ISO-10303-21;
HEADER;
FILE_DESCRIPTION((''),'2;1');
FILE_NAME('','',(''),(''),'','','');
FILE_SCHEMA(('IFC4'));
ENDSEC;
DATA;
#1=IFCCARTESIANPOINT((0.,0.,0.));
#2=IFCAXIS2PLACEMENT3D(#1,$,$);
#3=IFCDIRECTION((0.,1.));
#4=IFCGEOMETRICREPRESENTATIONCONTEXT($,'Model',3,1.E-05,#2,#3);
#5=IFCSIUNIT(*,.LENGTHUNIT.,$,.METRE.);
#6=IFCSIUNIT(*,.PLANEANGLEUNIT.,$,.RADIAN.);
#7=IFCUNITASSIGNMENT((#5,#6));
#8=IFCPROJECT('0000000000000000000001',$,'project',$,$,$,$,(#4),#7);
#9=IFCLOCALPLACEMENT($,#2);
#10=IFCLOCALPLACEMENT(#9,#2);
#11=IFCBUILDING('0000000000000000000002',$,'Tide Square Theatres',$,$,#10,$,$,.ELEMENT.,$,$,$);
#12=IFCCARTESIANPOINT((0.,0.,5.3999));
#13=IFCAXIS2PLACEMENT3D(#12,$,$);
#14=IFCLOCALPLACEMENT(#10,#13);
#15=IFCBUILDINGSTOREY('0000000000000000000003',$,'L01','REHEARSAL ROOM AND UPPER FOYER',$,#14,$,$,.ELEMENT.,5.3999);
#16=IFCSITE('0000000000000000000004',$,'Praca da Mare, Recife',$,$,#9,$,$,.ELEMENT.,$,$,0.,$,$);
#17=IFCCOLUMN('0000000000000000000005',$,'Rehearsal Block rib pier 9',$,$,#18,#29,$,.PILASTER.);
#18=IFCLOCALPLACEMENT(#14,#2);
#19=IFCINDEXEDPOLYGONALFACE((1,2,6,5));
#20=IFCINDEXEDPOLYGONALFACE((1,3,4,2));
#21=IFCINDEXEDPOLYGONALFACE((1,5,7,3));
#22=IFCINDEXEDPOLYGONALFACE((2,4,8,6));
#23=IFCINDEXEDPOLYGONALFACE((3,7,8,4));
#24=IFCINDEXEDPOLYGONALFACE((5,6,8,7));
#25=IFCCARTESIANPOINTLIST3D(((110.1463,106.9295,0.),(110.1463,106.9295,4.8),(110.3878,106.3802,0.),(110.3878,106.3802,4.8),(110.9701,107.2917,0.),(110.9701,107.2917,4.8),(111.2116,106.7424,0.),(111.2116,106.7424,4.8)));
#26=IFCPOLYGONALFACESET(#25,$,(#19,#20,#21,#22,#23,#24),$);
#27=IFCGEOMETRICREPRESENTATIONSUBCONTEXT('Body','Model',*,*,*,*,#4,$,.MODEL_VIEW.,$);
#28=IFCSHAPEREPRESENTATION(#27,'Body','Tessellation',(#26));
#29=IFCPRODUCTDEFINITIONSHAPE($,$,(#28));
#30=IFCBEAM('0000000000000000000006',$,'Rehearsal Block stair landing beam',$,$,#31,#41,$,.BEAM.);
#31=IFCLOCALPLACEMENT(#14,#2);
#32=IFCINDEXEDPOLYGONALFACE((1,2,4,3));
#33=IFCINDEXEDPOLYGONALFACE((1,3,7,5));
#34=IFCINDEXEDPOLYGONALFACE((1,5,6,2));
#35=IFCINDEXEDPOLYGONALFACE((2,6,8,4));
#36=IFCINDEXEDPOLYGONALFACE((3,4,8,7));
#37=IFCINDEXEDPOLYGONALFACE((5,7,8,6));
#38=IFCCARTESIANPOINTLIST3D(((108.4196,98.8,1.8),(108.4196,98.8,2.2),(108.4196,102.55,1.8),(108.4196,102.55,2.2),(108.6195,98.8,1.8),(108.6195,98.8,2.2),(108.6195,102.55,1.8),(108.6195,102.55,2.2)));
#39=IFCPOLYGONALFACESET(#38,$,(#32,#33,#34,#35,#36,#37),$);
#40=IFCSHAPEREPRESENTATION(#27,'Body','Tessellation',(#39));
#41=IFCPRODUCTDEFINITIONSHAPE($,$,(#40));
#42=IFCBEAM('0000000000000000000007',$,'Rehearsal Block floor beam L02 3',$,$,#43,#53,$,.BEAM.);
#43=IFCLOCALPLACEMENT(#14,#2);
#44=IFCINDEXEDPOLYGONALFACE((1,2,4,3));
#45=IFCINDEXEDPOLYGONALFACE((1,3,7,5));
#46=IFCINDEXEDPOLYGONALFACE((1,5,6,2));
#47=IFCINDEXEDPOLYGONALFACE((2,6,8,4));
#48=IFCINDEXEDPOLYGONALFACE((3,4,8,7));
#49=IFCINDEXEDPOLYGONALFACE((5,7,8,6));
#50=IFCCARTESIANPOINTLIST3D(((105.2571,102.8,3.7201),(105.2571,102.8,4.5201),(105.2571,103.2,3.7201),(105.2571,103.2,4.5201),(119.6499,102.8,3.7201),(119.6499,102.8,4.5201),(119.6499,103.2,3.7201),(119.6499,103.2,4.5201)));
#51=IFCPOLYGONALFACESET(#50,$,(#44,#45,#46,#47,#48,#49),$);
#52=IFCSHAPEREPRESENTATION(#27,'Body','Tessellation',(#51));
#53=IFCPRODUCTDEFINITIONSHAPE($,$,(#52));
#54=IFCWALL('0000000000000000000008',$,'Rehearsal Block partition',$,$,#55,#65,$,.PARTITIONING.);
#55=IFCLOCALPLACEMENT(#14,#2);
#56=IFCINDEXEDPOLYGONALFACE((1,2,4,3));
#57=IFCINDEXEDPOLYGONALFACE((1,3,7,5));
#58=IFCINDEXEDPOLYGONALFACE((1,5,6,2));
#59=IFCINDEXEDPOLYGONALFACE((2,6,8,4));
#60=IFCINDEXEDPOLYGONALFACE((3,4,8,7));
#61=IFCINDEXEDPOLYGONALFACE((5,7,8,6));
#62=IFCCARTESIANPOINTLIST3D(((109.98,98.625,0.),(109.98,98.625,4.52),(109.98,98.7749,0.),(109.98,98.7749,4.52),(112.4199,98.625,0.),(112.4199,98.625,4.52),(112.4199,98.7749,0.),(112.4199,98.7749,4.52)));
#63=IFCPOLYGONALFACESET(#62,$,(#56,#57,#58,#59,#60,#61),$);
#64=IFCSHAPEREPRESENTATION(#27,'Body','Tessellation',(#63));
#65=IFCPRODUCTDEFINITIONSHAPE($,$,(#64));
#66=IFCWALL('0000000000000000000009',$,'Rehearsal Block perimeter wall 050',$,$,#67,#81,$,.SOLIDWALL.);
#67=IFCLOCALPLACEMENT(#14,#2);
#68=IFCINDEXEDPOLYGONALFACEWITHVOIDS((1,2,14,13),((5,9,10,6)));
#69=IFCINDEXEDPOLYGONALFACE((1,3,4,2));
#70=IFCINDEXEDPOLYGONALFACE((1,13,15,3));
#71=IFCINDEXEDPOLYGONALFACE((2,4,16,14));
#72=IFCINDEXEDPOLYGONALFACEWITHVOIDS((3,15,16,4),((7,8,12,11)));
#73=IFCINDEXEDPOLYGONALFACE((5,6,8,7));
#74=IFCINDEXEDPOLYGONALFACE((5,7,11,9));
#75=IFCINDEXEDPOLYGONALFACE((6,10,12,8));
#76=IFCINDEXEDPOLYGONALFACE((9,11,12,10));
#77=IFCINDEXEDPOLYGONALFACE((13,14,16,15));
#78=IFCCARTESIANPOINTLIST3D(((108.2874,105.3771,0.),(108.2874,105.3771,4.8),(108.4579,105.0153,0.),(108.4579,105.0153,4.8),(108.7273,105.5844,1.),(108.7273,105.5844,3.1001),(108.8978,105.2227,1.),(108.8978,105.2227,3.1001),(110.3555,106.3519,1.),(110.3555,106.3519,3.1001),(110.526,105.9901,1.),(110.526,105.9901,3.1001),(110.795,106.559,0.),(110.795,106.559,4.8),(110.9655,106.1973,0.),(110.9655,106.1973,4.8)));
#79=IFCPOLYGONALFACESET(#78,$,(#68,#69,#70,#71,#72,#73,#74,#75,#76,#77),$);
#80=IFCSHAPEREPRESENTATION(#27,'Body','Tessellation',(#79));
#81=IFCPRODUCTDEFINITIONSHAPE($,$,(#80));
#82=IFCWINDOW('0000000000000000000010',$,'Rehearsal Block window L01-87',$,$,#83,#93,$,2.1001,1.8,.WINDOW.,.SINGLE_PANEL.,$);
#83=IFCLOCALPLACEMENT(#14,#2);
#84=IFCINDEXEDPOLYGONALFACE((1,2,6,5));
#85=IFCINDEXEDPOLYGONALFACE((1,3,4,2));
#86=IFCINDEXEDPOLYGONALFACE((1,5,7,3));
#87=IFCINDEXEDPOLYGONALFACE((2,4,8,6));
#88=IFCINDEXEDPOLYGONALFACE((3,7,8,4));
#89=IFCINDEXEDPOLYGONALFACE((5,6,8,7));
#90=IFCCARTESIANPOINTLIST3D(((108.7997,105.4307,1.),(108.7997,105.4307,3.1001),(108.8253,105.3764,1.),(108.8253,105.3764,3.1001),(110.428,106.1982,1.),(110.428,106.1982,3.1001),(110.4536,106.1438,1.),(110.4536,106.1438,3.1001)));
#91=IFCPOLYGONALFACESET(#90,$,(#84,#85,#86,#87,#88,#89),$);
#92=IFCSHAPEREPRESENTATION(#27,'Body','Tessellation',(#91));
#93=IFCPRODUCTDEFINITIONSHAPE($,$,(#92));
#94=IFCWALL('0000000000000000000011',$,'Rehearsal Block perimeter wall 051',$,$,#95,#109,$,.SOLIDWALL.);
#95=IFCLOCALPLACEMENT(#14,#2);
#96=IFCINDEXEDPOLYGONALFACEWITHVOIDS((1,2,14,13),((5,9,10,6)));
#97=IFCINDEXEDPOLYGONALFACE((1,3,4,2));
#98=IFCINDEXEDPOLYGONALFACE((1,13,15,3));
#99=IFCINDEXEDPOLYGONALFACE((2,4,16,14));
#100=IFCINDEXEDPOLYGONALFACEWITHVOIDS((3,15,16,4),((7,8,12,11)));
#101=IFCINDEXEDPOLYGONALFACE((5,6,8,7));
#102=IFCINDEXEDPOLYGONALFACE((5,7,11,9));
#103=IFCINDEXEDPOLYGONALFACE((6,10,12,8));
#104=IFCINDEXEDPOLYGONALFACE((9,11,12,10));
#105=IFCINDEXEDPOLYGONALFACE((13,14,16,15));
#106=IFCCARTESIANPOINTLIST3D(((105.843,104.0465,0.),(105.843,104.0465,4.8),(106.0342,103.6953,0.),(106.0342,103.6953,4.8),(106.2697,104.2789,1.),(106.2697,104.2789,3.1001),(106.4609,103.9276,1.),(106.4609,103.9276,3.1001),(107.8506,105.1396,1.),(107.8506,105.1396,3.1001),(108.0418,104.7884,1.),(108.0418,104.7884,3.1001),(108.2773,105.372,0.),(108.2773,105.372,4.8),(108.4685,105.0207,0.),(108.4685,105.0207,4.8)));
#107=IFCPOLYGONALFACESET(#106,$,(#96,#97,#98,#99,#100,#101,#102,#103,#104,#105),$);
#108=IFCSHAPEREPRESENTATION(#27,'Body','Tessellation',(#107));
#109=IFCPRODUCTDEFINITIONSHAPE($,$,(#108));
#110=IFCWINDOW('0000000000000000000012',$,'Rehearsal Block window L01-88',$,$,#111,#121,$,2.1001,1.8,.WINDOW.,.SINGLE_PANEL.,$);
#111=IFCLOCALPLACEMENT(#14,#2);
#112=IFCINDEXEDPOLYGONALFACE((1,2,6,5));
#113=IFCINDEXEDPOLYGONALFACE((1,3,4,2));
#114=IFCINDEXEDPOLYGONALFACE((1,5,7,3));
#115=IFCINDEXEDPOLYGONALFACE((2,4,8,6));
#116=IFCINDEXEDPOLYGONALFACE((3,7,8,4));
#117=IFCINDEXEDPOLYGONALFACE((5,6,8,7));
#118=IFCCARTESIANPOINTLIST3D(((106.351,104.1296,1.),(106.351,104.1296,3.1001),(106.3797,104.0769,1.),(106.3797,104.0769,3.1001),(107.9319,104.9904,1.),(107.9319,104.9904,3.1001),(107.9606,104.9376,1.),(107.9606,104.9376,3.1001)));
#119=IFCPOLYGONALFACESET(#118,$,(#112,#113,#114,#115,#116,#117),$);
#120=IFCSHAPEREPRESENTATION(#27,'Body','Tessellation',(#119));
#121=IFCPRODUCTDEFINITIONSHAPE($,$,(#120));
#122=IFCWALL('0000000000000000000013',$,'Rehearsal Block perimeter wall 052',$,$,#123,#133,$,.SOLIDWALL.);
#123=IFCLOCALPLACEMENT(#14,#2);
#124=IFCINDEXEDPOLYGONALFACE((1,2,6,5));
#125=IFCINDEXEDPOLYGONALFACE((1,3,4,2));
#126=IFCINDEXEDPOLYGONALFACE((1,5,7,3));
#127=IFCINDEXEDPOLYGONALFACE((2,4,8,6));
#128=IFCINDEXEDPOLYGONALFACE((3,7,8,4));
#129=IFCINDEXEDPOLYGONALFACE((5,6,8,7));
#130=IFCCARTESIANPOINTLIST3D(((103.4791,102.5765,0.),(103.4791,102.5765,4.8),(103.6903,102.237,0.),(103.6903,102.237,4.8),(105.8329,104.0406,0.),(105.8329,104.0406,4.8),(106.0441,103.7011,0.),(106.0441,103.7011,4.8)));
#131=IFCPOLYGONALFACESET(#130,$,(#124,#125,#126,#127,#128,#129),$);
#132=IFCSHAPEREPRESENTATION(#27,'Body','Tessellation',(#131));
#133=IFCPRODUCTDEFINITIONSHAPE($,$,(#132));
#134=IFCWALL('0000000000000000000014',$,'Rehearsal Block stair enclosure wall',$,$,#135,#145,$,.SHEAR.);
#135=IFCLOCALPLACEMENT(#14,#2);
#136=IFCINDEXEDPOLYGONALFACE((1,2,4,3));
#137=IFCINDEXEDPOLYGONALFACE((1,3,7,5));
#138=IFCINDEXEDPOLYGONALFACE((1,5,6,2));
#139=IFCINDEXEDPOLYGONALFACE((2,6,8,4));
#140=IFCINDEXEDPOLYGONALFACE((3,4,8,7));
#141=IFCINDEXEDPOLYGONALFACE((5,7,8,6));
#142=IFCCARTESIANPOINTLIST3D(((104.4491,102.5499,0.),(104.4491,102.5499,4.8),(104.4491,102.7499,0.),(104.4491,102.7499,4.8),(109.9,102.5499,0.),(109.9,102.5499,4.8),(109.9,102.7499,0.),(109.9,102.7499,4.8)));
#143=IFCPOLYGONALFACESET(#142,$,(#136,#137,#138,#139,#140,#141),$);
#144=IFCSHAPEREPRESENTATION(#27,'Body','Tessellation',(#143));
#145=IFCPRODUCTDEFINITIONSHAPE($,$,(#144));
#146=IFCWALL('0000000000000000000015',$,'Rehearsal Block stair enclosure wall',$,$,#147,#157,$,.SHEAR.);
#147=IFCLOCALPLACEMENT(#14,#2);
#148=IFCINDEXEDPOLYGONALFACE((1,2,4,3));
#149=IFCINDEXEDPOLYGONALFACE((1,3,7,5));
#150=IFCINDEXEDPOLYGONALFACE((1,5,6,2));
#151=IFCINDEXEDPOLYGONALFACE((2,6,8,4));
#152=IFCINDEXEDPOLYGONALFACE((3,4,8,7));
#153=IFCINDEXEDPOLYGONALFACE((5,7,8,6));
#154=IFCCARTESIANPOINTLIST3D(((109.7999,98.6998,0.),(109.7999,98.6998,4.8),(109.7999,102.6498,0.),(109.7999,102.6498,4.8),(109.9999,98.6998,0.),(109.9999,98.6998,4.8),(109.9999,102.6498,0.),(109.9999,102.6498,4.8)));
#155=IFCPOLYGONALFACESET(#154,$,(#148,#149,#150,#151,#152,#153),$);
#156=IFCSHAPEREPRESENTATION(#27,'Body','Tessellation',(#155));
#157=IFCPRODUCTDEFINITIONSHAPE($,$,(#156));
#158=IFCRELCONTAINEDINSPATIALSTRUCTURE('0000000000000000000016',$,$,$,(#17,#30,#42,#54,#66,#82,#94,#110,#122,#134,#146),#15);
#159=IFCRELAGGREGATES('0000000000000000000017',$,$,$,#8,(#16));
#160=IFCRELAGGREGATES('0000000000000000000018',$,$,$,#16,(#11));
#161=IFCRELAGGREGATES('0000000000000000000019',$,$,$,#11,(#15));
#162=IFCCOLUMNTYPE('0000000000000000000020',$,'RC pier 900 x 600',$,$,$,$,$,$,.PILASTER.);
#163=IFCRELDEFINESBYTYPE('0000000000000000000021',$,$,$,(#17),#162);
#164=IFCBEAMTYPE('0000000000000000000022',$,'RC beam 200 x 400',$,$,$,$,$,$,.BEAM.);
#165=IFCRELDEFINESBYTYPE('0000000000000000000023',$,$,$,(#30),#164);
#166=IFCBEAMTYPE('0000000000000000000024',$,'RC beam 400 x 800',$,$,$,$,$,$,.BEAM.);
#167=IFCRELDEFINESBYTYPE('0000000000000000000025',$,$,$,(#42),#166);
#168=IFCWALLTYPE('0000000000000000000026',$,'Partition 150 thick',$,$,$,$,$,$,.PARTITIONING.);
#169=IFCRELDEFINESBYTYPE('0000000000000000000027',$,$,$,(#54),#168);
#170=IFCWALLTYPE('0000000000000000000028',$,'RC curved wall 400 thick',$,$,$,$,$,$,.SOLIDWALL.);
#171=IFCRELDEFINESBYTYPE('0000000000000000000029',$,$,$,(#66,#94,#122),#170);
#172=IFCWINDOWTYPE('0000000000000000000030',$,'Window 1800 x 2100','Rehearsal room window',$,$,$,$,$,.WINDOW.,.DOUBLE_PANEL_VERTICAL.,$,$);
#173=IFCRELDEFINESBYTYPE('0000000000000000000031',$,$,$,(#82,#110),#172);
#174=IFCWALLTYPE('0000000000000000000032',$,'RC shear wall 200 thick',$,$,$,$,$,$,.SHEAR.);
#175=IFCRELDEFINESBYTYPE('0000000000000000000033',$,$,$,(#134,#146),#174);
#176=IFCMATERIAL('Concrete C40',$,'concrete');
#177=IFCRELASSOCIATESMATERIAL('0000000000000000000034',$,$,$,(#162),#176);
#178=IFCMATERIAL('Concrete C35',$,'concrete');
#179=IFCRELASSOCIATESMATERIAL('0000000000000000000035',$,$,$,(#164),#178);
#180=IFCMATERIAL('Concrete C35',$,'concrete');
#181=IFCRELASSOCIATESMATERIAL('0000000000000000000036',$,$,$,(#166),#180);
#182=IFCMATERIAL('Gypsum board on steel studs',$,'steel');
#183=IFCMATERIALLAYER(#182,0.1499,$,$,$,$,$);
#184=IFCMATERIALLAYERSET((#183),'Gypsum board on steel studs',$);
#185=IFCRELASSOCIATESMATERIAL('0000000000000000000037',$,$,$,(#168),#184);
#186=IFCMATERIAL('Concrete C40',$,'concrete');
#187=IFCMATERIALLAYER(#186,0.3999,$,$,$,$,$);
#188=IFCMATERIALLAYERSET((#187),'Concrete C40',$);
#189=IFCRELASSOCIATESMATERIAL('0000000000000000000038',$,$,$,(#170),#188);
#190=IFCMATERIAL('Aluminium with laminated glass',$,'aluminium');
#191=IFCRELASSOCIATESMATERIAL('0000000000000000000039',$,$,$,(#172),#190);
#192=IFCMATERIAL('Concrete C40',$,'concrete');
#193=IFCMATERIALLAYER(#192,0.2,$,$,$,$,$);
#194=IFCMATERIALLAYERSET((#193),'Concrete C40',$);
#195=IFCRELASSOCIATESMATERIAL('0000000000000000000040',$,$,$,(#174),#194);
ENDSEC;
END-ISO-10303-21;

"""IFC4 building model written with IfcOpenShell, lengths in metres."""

from ifc_helpers import new_model, si_unit, direction, frame, frame_2d, origin, origin_2d, place, context, subcontext, project, spatial, rectangle, extrude, material, layer, layer_set, material_profile, profile_set, type_object, element, fill, save


model = new_model("IFC4")

# Units and contexts
model_context = context("Model", 3, precision=1e-05, world=origin(), true_north=direction((0.0, 1.0)))
body_context = subcontext(model_context, "Body", "Model", "MODEL_VIEW")
ifc_project = project(units=[si_unit("LENGTHUNIT", "METRE"), si_unit("PLANEANGLEUNIT", "RADIAN")], contexts=[model_context])

# Site, building, storey
site_placement = place(None, origin())
site = spatial("IfcSite", under=ifc_project, at=site_placement, Name="Praca da Mare, Recife", CompositionType="ELEMENT", RefElevation=0.0)
building_placement = place(site_placement, origin())
building = spatial("IfcBuilding", under=site, at=building_placement, Name="Tide Square Theatres", CompositionType="ELEMENT")
storey_placement = place(building_placement, frame((0.0, 0.0, 5.3999)))
storey = spatial("IfcBuildingStorey", under=building, at=storey_placement, Name="L01", Description="REHEARSAL ROOM AND UPPER FOYER", CompositionType="ELEMENT", Elevation=5.3999)

# Column
ifc_material_1 = material(Name="Concrete C40", Category="concrete")
ifc_material_profile_1 = material_profile(ifc_material_1, rectangle(XDim=0.8999, YDim=0.6001, at=origin_2d()))
ifc_profile_set_1 = profile_set([ifc_material_profile_1], Name="Concrete C40")
column_type = type_object("IfcColumnType", Name="RC pier 900 x 600", PredefinedType="PILASTER", material=ifc_profile_set_1)
column_placement = place(storey_placement, frame((110.679, 106.8359, 0.0), z_axis=(0.0, 0.0, 1.0), x_axis=(-0.915419, -0.402502, 0.0)))
element("IfcColumn", 1, at=column_placement, inside=storey, type_object=column_type, Name="Rehearsal Block rib pier 9", PredefinedType="PILASTER", context=body_context, shape_type="SweptSolid", body=[
    extrude(rectangle(XDim=0.8999, YDim=0.6001, at=origin_2d()), origin(), (0.0, 0.0, 1.0), 4.8),
])

# Beams
ifc_material_2 = material(Name="Concrete C35", Category="concrete")
ifc_material_profile_2 = material_profile(ifc_material_2, rectangle(XDim=0.2, YDim=0.3999, at=origin_2d()))
ifc_profile_set_2 = profile_set([ifc_material_profile_2], Name="Concrete C35")
beam_type_1 = type_object("IfcBeamType", Name="RC beam 200 x 400", PredefinedType="BEAM", material=ifc_profile_set_2)
beam_1_placement = place(storey_placement, frame((108.5195, 98.8, 2.0), z_axis=(0.0, 1.0, 0.0), x_axis=(-1.0, 0.0, 0.0)))
element("IfcBeam", 2, at=beam_1_placement, inside=storey, type_object=beam_type_1, Name="Rehearsal Block stair landing beam", PredefinedType="BEAM", context=body_context, shape_type="SweptSolid", body=[
    extrude(rectangle(XDim=0.2, YDim=0.3999, at=origin_2d()), origin(), (0.0, 0.0, 1.0), 3.75),
])
ifc_material_3 = material(Name="Concrete C35", Category="concrete")
ifc_material_profile_3 = material_profile(ifc_material_3, rectangle(XDim=0.3999, YDim=0.8, at=origin_2d()))
ifc_profile_set_3 = profile_set([ifc_material_profile_3], Name="Concrete C35")
beam_type_2 = type_object("IfcBeamType", Name="RC beam 400 x 800", PredefinedType="BEAM", material=ifc_profile_set_3)
beam_2_placement = place(storey_placement, frame((105.2571, 103.0, 4.1201), z_axis=(1.0, 0.0, 0.0), x_axis=(0.0, 1.0, 0.0)))
element("IfcBeam", 3, at=beam_2_placement, inside=storey, type_object=beam_type_2, Name="Rehearsal Block floor beam L02 3", PredefinedType="BEAM", context=body_context, shape_type="SweptSolid", body=[
    extrude(rectangle(XDim=0.3999, YDim=0.8, at=origin_2d()), origin(), (0.0, 0.0, 1.0), 14.3928),
])

# Wall
ifc_material_4 = material(Name="Gypsum board on steel studs", Category="steel")
ifc_layer_1 = layer(ifc_material_4, 0.1499)
ifc_layer_set_1 = layer_set([ifc_layer_1], Name="Gypsum board on steel studs")
wall_type_1 = type_object("IfcWallType", Name="Partition 150 thick", PredefinedType="PARTITIONING", material=ifc_layer_set_1)
wall_1_placement = place(storey_placement, frame((109.98, 98.7, 0.0), z_axis=(0.0, 0.0, 1.0), x_axis=(1.0, 0.0, 0.0)))
element("IfcWall", 4, at=wall_1_placement, inside=storey, type_object=wall_type_1, Name="Rehearsal Block partition", PredefinedType="PARTITIONING", context=body_context, shape_type="SweptSolid", body=[
    extrude(rectangle(XDim=2.4399, YDim=0.1499, at=frame_2d((1.22, 0.0))), origin(), (0.0, 0.0, 1.0), 4.52),
])

# Walls, openings, windows
ifc_material_5 = material(Name="Concrete C40", Category="concrete")
ifc_layer_2 = layer(ifc_material_5, 0.3999)
ifc_layer_set_2 = layer_set([ifc_layer_2], Name="Concrete C40")
wall_type_2 = type_object("IfcWallType", Name="RC curved wall 400 thick", PredefinedType="SOLIDWALL", material=ifc_layer_set_2)
wall_2_placement = place(storey_placement, frame((110.8804, 106.3782, 0.0), z_axis=(0.0, 0.0, 1.0), x_axis=(-0.904561, -0.426344, 0.0)))
wall_2 = element("IfcWall", 5, at=wall_2_placement, inside=storey, type_object=wall_type_2, Name="Rehearsal Block perimeter wall 050", PredefinedType="SOLIDWALL", context=body_context, shape_type="SweptSolid", body=[
    extrude(rectangle(XDim=2.7722, YDim=0.3999, at=frame_2d((1.3862, 0.0))), origin(), (0.0, 0.0, 1.0), 4.8),
])
opening_1_placement = place(wall_2_placement, frame((0.4861, 0.0, 1.0)))
opening_1 = element("IfcOpeningElement", 6, at=opening_1_placement, cuts=wall_2, PredefinedType="OPENING", context=body_context, shape_type="SweptSolid", body=[
    extrude(rectangle(XDim=1.8, YDim=2.1001, at=frame_2d((0.8999, 1.05))), frame((0.0, 0.21, 0.0), z_axis=(0.0, -1.0, 0.0), x_axis=(1.0, 0.0, 0.0)), (0.0, 0.0, 1.0), 0.4199),
])
ifc_material_6 = material(Name="Aluminium with laminated glass", Category="aluminium")
window_type = type_object("IfcWindowType", Name="Window 1800 x 2100", Description="Rehearsal room window", PartitioningType="DOUBLE_PANEL_VERTICAL", PredefinedType="WINDOW", material=ifc_material_6)
window_1_placement = place(opening_1_placement, origin())
window_1 = element("IfcWindow", 7, at=window_1_placement, inside=storey, type_object=window_type, Name="Rehearsal Block window L01-87", OverallHeight=2.1001, OverallWidth=1.8, PartitioningType="SINGLE_PANEL", PredefinedType="WINDOW", context=body_context, shape_type="SweptSolid", body=[
    extrude(rectangle(XDim=1.8, YDim=2.1001, at=frame_2d((0.8999, 1.05))), frame((0.0, 0.03, 0.0), z_axis=(0.0, -1.0, 0.0), x_axis=(1.0, 0.0, 0.0)), (0.0, 0.0, 1.0), 0.0601),
])
fill(opening_1, window_1)
wall_3_placement = place(storey_placement, frame((108.3728, 105.1963, 0.0), z_axis=(0.0, 0.0, 1.0), x_axis=(-0.878256, -0.478192, 0.0)))
wall_3 = element("IfcWall", 8, at=wall_3_placement, inside=storey, type_object=wall_type_2, Name="Rehearsal Block perimeter wall 051", PredefinedType="SOLIDWALL", context=body_context, shape_type="SweptSolid", body=[
    extrude(rectangle(XDim=2.7717, YDim=0.3999, at=frame_2d((1.3857, 0.0))), origin(), (0.0, 0.0, 1.0), 4.8),
])
opening_2_placement = place(wall_3_placement, frame((0.4858, 0.0, 1.0)))
opening_2 = element("IfcOpeningElement", 9, at=opening_2_placement, cuts=wall_3, PredefinedType="OPENING", context=body_context, shape_type="SweptSolid", body=[
    extrude(rectangle(XDim=1.8, YDim=2.1001, at=frame_2d((0.8999, 1.05))), frame((0.0, 0.21, 0.0), z_axis=(0.0, -1.0, 0.0), x_axis=(1.0, 0.0, 0.0)), (0.0, 0.0, 1.0), 0.4199),
])
window_2_placement = place(opening_2_placement, origin())
window_2 = element("IfcWindow", 10, at=window_2_placement, inside=storey, type_object=window_type, Name="Rehearsal Block window L01-88", OverallHeight=2.1001, OverallWidth=1.8, PartitioningType="SINGLE_PANEL", PredefinedType="WINDOW", context=body_context, shape_type="SweptSolid", body=[
    extrude(rectangle(XDim=1.8, YDim=2.1001, at=frame_2d((0.8999, 1.05))), frame((0.0, 0.03, 0.0), z_axis=(0.0, -1.0, 0.0), x_axis=(1.0, 0.0, 0.0)), (0.0, 0.0, 1.0), 0.0601),
])
fill(opening_2, window_2)

# Walls
wall_4_placement = place(storey_placement, frame((105.9385, 103.8708, 0.0), z_axis=(0.0, 0.0, 1.0), x_axis=(-0.849129, -0.528185, 0.0)))
element("IfcWall", 11, at=wall_4_placement, inside=storey, type_object=wall_type_2, Name="Rehearsal Block perimeter wall 052", PredefinedType="SOLIDWALL", context=body_context, shape_type="SweptSolid", body=[
    extrude(rectangle(XDim=2.772, YDim=0.3999, at=frame_2d((1.386, 0.0))), origin(), (0.0, 0.0, 1.0), 4.8),
])
ifc_material_7 = material(Name="Concrete C40", Category="concrete")
ifc_layer_3 = layer(ifc_material_7, 0.2)
ifc_layer_set_3 = layer_set([ifc_layer_3], Name="Concrete C40")
wall_type_3 = type_object("IfcWallType", Name="RC shear wall 200 thick", PredefinedType="SHEAR", material=ifc_layer_set_3)
wall_5_placement = place(storey_placement, frame((104.449, 102.6499, 0.0), z_axis=(0.0, 0.0, 1.0), x_axis=(1.0, 0.0, 0.0)))
element("IfcWall", 12, at=wall_5_placement, inside=storey, type_object=wall_type_3, Name="Rehearsal Block stair enclosure wall", PredefinedType="SHEAR", context=body_context, shape_type="SweptSolid", body=[
    extrude(rectangle(XDim=5.4509, YDim=0.2, at=frame_2d((2.7256, 0.0))), origin(), (0.0, 0.0, 1.0), 4.8),
])
wall_6_placement = place(storey_placement, frame((109.8999, 102.6499, 0.0), z_axis=(0.0, 0.0, 1.0), x_axis=(0.0, -1.0, 0.0)))
element("IfcWall", 13, at=wall_6_placement, inside=storey, type_object=wall_type_3, Name="Rehearsal Block stair enclosure wall", PredefinedType="SHEAR", context=body_context, shape_type="SweptSolid", body=[
    extrude(rectangle(XDim=3.95, YDim=0.2, at=frame_2d((1.9751, 0.0))), origin(), (0.0, 0.0, 1.0), 4.8),
])

save(model, "model.ifc")
